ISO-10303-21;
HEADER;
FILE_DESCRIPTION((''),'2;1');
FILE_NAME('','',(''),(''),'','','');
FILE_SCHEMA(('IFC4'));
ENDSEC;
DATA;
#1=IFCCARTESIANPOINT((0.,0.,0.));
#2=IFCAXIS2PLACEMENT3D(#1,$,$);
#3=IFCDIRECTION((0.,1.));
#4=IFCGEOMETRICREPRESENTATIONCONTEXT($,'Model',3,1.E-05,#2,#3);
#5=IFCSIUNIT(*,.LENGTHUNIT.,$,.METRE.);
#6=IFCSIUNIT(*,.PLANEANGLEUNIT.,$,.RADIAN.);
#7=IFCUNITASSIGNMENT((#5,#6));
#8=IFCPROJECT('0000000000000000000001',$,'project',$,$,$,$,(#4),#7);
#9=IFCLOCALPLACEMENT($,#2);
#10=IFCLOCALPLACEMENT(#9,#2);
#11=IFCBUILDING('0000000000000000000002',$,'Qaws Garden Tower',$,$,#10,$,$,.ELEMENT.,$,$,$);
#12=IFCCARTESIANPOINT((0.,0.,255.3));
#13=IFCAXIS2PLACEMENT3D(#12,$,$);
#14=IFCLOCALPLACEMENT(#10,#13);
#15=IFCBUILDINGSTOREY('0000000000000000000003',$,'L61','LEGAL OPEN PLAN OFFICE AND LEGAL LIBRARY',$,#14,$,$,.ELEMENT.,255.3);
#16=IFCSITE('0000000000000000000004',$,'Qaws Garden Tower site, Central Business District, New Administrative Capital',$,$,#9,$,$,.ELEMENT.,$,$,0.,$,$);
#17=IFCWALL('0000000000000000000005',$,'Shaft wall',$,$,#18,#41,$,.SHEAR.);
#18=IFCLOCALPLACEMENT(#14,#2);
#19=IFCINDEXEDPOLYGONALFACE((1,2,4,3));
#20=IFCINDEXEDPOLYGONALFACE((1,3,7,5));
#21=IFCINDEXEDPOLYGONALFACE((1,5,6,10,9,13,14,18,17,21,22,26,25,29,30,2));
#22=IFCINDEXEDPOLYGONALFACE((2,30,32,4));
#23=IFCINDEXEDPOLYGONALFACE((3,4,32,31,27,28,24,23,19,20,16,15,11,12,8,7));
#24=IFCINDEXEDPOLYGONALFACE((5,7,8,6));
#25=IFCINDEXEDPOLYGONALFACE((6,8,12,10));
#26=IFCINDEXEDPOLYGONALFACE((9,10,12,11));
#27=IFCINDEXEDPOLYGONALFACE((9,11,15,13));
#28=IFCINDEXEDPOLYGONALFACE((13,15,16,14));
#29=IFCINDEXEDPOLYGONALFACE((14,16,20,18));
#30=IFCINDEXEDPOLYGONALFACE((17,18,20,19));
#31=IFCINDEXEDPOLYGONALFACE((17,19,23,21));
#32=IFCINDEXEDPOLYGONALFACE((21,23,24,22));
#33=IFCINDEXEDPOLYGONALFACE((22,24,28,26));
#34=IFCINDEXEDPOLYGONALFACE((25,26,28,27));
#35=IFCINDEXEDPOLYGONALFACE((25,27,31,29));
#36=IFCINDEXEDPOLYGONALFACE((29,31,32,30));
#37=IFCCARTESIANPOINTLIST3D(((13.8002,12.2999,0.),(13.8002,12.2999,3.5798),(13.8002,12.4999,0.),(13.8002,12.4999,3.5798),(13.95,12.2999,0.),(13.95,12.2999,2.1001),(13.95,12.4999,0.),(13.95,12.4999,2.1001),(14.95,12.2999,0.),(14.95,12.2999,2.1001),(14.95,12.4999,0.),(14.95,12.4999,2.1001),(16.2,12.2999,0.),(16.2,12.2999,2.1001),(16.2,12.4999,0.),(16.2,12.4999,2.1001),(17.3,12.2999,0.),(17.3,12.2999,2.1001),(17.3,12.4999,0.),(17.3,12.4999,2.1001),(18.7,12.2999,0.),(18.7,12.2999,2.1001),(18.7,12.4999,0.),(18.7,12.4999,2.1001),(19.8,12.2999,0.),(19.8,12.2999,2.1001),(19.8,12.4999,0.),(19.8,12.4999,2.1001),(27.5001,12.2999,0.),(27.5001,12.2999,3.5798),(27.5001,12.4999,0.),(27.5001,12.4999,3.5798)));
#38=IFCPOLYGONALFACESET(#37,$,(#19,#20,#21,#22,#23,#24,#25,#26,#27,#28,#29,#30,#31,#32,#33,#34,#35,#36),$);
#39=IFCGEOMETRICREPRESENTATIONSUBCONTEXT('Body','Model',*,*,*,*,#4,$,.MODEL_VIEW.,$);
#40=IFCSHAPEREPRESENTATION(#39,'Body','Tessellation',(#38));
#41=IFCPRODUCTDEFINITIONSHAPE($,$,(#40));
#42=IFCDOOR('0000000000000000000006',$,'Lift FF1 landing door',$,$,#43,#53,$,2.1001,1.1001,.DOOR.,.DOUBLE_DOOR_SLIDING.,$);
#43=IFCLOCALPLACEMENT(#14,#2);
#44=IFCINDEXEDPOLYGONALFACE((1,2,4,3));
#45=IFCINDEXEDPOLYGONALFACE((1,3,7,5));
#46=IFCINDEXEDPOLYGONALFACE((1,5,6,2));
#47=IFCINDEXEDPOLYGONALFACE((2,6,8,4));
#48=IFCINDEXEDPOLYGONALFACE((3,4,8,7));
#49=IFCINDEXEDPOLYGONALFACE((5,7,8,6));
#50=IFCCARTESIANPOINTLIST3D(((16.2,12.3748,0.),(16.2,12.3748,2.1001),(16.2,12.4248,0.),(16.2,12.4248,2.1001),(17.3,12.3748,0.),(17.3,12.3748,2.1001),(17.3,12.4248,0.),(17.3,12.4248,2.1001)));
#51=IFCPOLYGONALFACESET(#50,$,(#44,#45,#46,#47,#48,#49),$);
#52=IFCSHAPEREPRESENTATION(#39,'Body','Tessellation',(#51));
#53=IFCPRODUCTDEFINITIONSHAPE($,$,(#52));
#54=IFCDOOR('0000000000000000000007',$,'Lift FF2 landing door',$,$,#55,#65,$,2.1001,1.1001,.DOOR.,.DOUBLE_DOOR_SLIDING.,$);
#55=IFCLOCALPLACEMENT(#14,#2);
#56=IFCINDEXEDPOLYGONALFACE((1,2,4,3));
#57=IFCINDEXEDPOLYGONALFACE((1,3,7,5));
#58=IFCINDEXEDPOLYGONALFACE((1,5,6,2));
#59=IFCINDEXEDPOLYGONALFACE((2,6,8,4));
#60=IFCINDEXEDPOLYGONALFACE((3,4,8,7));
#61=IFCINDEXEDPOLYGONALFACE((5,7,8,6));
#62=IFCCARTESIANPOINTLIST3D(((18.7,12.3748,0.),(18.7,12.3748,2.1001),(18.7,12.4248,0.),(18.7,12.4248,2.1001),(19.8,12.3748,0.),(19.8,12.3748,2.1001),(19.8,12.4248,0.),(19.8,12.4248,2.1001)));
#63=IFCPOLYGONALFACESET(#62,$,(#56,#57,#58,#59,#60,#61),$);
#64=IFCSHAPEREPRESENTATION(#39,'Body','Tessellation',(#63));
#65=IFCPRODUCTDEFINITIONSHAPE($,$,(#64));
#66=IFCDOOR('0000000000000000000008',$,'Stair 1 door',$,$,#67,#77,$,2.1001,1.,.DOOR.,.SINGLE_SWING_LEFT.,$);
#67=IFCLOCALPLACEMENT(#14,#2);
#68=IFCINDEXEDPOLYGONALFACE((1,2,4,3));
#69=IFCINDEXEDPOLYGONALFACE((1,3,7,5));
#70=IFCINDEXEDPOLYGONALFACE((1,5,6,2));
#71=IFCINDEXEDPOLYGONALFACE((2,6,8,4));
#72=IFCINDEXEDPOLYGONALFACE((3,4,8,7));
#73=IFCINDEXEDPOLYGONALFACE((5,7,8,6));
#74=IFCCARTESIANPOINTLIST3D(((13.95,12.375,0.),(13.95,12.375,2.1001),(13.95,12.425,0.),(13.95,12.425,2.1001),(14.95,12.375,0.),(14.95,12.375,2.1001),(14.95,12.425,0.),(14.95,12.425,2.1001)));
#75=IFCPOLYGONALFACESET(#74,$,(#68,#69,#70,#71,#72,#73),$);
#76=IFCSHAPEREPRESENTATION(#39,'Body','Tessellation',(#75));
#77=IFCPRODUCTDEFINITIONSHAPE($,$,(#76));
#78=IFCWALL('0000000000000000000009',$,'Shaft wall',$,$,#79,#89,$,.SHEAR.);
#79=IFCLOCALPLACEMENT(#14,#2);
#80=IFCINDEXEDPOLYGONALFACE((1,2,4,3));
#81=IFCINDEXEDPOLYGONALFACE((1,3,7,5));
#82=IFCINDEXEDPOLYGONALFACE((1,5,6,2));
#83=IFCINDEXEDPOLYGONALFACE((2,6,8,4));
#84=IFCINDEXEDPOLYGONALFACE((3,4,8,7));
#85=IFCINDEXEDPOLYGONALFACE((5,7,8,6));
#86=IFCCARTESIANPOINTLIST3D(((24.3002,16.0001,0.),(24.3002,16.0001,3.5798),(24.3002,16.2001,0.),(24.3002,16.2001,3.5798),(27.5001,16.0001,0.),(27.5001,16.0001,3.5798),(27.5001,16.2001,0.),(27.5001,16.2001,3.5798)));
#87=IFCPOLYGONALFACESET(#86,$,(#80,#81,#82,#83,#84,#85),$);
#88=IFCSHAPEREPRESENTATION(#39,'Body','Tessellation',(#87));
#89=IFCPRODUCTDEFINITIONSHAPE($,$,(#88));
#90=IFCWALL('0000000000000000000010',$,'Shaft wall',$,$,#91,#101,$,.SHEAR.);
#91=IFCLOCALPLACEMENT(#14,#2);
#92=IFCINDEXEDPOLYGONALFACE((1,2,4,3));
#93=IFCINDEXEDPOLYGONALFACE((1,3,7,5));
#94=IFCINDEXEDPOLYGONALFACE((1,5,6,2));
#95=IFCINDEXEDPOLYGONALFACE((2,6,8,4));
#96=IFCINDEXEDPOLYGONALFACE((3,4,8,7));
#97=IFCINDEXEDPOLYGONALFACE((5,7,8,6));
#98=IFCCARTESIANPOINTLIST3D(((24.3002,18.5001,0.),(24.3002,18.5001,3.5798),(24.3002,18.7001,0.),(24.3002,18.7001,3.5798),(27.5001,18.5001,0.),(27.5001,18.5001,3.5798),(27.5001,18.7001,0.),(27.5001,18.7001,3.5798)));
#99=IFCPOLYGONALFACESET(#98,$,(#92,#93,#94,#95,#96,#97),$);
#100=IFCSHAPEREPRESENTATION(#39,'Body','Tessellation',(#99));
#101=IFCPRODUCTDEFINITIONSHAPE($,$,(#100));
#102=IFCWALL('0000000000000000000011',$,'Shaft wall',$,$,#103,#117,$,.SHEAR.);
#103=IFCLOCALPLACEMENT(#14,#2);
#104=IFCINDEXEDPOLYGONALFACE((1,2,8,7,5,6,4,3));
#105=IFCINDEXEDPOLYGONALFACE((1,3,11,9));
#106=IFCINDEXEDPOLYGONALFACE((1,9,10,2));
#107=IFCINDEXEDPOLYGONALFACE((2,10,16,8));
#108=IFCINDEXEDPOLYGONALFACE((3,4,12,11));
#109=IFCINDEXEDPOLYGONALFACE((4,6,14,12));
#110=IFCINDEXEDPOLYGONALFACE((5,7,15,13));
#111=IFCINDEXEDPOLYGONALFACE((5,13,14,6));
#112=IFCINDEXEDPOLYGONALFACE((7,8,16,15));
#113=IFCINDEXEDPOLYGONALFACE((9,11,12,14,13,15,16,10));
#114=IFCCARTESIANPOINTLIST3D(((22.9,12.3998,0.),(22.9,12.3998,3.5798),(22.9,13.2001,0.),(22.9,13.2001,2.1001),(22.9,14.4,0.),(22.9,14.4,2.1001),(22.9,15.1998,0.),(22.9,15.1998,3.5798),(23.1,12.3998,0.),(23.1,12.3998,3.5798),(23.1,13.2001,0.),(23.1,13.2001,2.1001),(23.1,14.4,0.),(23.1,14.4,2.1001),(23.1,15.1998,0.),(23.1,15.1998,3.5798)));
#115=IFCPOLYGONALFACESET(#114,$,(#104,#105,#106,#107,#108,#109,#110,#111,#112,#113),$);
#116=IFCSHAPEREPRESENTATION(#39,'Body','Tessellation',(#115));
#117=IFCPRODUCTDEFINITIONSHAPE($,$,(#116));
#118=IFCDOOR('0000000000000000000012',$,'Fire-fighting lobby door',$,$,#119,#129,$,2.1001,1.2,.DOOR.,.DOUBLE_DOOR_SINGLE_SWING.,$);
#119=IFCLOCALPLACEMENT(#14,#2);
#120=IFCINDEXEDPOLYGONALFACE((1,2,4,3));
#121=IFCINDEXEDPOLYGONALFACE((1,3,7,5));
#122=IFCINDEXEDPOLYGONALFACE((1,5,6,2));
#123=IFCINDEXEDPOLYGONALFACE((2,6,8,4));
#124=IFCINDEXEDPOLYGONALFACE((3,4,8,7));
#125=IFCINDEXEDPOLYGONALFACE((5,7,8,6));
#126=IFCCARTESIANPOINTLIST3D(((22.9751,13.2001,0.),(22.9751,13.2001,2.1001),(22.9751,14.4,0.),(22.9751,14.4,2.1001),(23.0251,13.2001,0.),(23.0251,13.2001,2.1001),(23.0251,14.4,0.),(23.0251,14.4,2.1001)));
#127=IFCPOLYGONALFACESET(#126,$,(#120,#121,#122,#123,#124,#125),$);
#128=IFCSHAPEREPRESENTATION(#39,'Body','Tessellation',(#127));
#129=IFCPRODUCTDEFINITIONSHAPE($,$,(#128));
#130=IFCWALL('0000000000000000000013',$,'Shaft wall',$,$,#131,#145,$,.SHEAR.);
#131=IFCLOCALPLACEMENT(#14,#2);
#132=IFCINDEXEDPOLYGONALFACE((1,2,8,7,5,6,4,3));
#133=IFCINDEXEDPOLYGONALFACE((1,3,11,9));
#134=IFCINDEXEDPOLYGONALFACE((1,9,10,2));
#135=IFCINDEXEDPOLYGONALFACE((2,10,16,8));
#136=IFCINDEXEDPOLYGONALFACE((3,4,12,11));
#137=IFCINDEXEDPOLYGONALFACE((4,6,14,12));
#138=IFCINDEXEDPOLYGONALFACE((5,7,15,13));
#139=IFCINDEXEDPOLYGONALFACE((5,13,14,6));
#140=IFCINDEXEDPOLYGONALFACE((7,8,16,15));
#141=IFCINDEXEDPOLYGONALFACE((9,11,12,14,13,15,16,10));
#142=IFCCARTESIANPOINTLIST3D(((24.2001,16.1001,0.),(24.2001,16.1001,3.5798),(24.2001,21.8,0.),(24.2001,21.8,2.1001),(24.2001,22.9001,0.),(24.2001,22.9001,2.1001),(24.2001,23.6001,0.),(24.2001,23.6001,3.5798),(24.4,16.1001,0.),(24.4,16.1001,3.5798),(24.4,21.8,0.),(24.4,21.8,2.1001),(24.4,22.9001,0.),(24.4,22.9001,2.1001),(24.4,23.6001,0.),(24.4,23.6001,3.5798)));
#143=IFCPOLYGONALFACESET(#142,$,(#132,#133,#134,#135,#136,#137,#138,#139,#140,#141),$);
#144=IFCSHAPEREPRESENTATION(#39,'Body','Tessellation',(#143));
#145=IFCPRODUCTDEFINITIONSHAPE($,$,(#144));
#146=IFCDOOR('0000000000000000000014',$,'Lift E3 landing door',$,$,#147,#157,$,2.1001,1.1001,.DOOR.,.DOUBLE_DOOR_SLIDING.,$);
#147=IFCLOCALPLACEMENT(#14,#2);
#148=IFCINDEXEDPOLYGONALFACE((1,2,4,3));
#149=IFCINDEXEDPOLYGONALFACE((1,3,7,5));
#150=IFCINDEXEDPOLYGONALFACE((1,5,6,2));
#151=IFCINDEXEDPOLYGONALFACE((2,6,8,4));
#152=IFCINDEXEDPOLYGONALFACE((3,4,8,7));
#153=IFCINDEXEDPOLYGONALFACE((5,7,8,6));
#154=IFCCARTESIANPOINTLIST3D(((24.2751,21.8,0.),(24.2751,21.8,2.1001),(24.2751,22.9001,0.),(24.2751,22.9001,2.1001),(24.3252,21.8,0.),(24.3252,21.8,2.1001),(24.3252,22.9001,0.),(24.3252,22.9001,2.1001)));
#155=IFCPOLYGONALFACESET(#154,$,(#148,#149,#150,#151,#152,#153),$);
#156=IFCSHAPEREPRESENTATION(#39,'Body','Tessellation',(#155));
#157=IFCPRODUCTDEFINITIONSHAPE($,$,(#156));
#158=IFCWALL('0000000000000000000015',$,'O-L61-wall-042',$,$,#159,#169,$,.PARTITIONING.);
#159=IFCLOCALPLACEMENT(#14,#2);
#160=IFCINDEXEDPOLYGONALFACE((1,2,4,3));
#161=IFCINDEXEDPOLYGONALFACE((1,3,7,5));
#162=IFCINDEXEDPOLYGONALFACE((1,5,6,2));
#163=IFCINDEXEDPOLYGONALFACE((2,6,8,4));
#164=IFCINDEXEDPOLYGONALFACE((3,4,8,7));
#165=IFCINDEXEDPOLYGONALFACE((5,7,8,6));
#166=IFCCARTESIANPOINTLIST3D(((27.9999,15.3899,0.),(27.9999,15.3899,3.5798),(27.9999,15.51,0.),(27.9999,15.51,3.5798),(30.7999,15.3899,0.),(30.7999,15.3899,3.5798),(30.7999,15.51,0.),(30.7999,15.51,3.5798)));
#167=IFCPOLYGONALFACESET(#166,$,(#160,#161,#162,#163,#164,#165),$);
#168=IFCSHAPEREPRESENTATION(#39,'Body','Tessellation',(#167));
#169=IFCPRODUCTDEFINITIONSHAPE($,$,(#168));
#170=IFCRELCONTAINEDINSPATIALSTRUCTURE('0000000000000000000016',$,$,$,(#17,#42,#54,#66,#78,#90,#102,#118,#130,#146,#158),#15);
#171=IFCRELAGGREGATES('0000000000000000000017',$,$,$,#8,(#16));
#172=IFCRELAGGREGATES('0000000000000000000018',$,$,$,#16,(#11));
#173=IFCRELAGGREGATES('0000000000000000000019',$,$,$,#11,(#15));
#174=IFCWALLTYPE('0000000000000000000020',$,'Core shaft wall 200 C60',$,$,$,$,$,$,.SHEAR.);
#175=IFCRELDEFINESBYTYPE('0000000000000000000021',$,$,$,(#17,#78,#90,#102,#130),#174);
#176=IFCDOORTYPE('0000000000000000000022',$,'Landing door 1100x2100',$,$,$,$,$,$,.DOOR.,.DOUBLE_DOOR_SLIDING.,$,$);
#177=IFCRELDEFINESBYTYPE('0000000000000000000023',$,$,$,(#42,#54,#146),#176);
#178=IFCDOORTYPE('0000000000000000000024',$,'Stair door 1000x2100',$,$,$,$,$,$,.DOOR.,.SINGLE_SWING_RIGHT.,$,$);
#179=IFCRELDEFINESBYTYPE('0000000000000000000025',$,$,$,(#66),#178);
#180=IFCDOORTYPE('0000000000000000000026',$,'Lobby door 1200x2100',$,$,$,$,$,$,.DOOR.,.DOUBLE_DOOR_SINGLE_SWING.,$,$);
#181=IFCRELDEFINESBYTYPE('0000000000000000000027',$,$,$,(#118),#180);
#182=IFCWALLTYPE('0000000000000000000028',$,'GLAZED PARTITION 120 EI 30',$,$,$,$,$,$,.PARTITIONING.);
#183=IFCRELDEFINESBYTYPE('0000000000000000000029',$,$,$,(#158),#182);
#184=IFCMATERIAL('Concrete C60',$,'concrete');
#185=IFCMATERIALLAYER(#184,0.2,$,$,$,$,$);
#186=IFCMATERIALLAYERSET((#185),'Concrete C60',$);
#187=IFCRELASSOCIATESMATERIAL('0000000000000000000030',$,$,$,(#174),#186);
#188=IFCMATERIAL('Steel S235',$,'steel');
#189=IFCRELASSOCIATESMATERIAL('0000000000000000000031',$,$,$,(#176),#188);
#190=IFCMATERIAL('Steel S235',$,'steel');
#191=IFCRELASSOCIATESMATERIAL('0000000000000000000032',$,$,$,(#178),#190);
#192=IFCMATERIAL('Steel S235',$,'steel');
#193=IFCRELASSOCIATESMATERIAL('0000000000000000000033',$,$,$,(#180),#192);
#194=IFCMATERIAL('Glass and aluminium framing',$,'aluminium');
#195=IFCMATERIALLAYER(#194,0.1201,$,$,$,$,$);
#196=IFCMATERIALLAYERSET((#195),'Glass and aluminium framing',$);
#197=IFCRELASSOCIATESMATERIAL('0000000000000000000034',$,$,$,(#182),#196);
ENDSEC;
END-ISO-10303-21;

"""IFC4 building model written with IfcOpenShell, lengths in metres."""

from ifc_helpers import new_model, si_unit, direction, frame, frame_2d, origin, place, context, subcontext, project, spatial, rectangle, extrude, material, layer, layer_set, type_object, element, fill, save


model = new_model("IFC4")

# Units and contexts
model_context = context("Model", 3, precision=1e-05, world=origin(), true_north=direction((0.0, 1.0)))
body_context = subcontext(model_context, "Body", "Model", "MODEL_VIEW")
ifc_project = project(units=[si_unit("LENGTHUNIT", "METRE"), si_unit("PLANEANGLEUNIT", "RADIAN")], contexts=[model_context])

# Site, building, storey
site_placement = place(None, origin())
site = spatial("IfcSite", under=ifc_project, at=site_placement, Name="Qaws Garden Tower site, Central Business District, New Administrative Capital", CompositionType="ELEMENT", RefElevation=0.0)
building_placement = place(site_placement, origin())
building = spatial("IfcBuilding", under=site, at=building_placement, Name="Qaws Garden Tower", CompositionType="ELEMENT")
storey_placement = place(building_placement, frame((0.0, 0.0, 255.3)))
storey = spatial("IfcBuildingStorey", under=building, at=storey_placement, Name="L61", Description="LEGAL OPEN PLAN OFFICE AND LEGAL LIBRARY", CompositionType="ELEMENT", Elevation=255.3)

# Wall, openings, doors
ifc_material_1 = material(Name="Concrete C60", Category="concrete")
ifc_layer_1 = layer(ifc_material_1, 0.2)
ifc_layer_set_1 = layer_set([ifc_layer_1], Name="Concrete C60")
wall_type_1 = type_object("IfcWallType", Name="Core shaft wall 200 C60", PredefinedType="SHEAR", material=ifc_layer_set_1)
wall_1_placement = place(storey_placement, frame((13.8, 12.3999, 0.0), z_axis=(0.0, 0.0, 1.0), x_axis=(1.0, 0.0, 0.0)))
wall_1 = element("IfcWall", 1, at=wall_1_placement, inside=storey, type_object=wall_type_1, Name="Shaft wall", PredefinedType="SHEAR", context=body_context, shape_type="SweptSolid", body=[
    extrude(rectangle(XDim=13.7, YDim=0.2, at=frame_2d((6.8501, 0.0))), origin(), (0.0, 0.0, 1.0), 3.5798),
])
opening_1_placement = place(wall_1_placement, frame((2.3999, 0.0, 0.0)))
opening_1 = element("IfcOpeningElement", 2, at=opening_1_placement, cuts=wall_1, PredefinedType="OPENING", context=body_context, shape_type="SweptSolid", body=[
    extrude(rectangle(XDim=1.1001, YDim=2.1001, at=frame_2d((0.55, 1.05))), frame((0.0, 0.1099, 0.0), z_axis=(0.0, -1.0, 0.0), x_axis=(1.0, 0.0, 0.0)), (0.0, 0.0, 1.0), 0.22),
])
opening_2_placement = place(wall_1_placement, frame((4.8999, 0.0, 0.0)))
opening_2 = element("IfcOpeningElement", 3, at=opening_2_placement, cuts=wall_1, PredefinedType="OPENING", context=body_context, shape_type="SweptSolid", body=[
    extrude(rectangle(XDim=1.1001, YDim=2.1001, at=frame_2d((0.55, 1.05))), frame((0.0, 0.1099, 0.0), z_axis=(0.0, -1.0, 0.0), x_axis=(1.0, 0.0, 0.0)), (0.0, 0.0, 1.0), 0.22),
])
opening_3_placement = place(wall_1_placement, frame((0.1499, 0.0, 0.0)))
opening_3 = element("IfcOpeningElement", 4, at=opening_3_placement, cuts=wall_1, PredefinedType="OPENING", context=body_context, shape_type="SweptSolid", body=[
    extrude(rectangle(XDim=1.0, YDim=2.1001, at=frame_2d((0.5, 1.05))), frame((0.0, 0.1099, 0.0), z_axis=(0.0, -1.0, 0.0), x_axis=(1.0, 0.0, 0.0)), (0.0, 0.0, 1.0), 0.22),
])
ifc_material_2 = material(Name="Steel S235", Category="steel")
door_type_1 = type_object("IfcDoorType", Name="Landing door 1100x2100", OperationType="DOUBLE_DOOR_SLIDING", PredefinedType="DOOR", material=ifc_material_2)
door_1_placement = place(opening_1_placement, origin())
door_1 = element("IfcDoor", 5, at=door_1_placement, inside=storey, type_object=door_type_1, Name="Lift FF1 landing door", OperationType="DOUBLE_DOOR_SLIDING", OverallHeight=2.1001, OverallWidth=1.1001, PredefinedType="DOOR", context=body_context, shape_type="SweptSolid", body=[
    extrude(rectangle(XDim=1.1001, YDim=2.1001, at=frame_2d((0.55, 1.05))), frame((0.0, 0.0249, 0.0), z_axis=(0.0, -1.0, 0.0), x_axis=(1.0, 0.0, 0.0)), (0.0, 0.0, 1.0), 0.05),
])
fill(opening_1, door_1)
door_2_placement = place(opening_2_placement, origin())
door_2 = element("IfcDoor", 6, at=door_2_placement, inside=storey, type_object=door_type_1, Name="Lift FF2 landing door", OperationType="DOUBLE_DOOR_SLIDING", OverallHeight=2.1001, OverallWidth=1.1001, PredefinedType="DOOR", context=body_context, shape_type="SweptSolid", body=[
    extrude(rectangle(XDim=1.1001, YDim=2.1001, at=frame_2d((0.55, 1.05))), frame((0.0, 0.0249, 0.0), z_axis=(0.0, -1.0, 0.0), x_axis=(1.0, 0.0, 0.0)), (0.0, 0.0, 1.0), 0.05),
])
fill(opening_2, door_2)
ifc_material_3 = material(Name="Steel S235", Category="steel")
door_type_2 = type_object("IfcDoorType", Name="Stair door 1000x2100", OperationType="SINGLE_SWING_RIGHT", PredefinedType="DOOR", material=ifc_material_3)
door_3_placement = place(opening_3_placement, frame((1.0, 0.0, 0.0), z_axis=(0.0, 0.0, 1.0), x_axis=(-1.0, 0.0, 0.0)))
door_3 = element("IfcDoor", 7, at=door_3_placement, inside=storey, type_object=door_type_2, Name="Stair 1 door", OperationType="SINGLE_SWING_LEFT", OverallHeight=2.1001, OverallWidth=1.0, PredefinedType="DOOR", context=body_context, shape_type="SweptSolid", body=[
    extrude(rectangle(XDim=1.0, YDim=2.1001, at=frame_2d((0.5, 1.05))), frame((0.0, 0.0249, 0.0), z_axis=(0.0, -1.0, 0.0), x_axis=(1.0, 0.0, 0.0)), (0.0, 0.0, 1.0), 0.05),
])
fill(opening_3, door_3)

# Walls
for number, where, z_axis, x_axis, name in (
    (8, (24.3, 16.1001, 0.0), (0.0, 0.0, 1.0), (1.0, 0.0, 0.0), "Shaft wall"),
    (9, (24.3, 18.6001, 0.0), (0.0, 0.0, 1.0), (1.0, 0.0, 0.0), "Shaft wall"),
):
    element("IfcWall", number, at=place(storey_placement, frame(where, z_axis=z_axis, x_axis=x_axis)), inside=storey, type_object=wall_type_1, Name=name, PredefinedType="SHEAR", context=body_context, shape_type="SweptSolid", body=[
        extrude(rectangle(XDim=3.2, YDim=0.2, at=frame_2d((1.6001, 0.0))), origin(), (0.0, 0.0, 1.0), 3.5798),
    ])

# Walls, openings, doors
wall_2_placement = place(storey_placement, frame((23.0, 12.3999, 0.0), z_axis=(0.0, 0.0, 1.0), x_axis=(0.0, 1.0, 0.0)))
wall_2 = element("IfcWall", 10, at=wall_2_placement, inside=storey, type_object=wall_type_1, Name="Shaft wall", PredefinedType="SHEAR", context=body_context, shape_type="SweptSolid", body=[
    extrude(rectangle(XDim=2.8, YDim=0.2, at=frame_2d((1.3999, 0.0))), origin(), (0.0, 0.0, 1.0), 3.5798),
])
opening_4_placement = place(wall_2_placement, frame((0.8, 0.0, 0.0)))
opening_4 = element("IfcOpeningElement", 11, at=opening_4_placement, cuts=wall_2, PredefinedType="OPENING", context=body_context, shape_type="SweptSolid", body=[
    extrude(rectangle(XDim=1.2, YDim=2.1001, at=frame_2d((0.6001, 1.05))), frame((0.0, 0.1099, 0.0), z_axis=(0.0, -1.0, 0.0), x_axis=(1.0, 0.0, 0.0)), (0.0, 0.0, 1.0), 0.22),
])
ifc_material_4 = material(Name="Steel S235", Category="steel")
door_type_3 = type_object("IfcDoorType", Name="Lobby door 1200x2100", OperationType="DOUBLE_DOOR_SINGLE_SWING", PredefinedType="DOOR", material=ifc_material_4)
door_4_placement = place(opening_4_placement, origin())
door_4 = element("IfcDoor", 12, at=door_4_placement, inside=storey, type_object=door_type_3, Name="Fire-fighting lobby door", OperationType="DOUBLE_DOOR_SINGLE_SWING", OverallHeight=2.1001, OverallWidth=1.2, PredefinedType="DOOR", context=body_context, shape_type="SweptSolid", body=[
    extrude(rectangle(XDim=1.2, YDim=2.1001, at=frame_2d((0.6001, 1.05))), frame((0.0, 0.0249, 0.0), z_axis=(0.0, -1.0, 0.0), x_axis=(1.0, 0.0, 0.0)), (0.0, 0.0, 1.0), 0.05),
])
fill(opening_4, door_4)
wall_3_placement = place(storey_placement, frame((24.3, 16.1001, 0.0), z_axis=(0.0, 0.0, 1.0), x_axis=(0.0, 1.0, 0.0)))
wall_3 = element("IfcWall", 13, at=wall_3_placement, inside=storey, type_object=wall_type_1, Name="Shaft wall", PredefinedType="SHEAR", context=body_context, shape_type="SweptSolid", body=[
    extrude(rectangle(XDim=7.5, YDim=0.2, at=frame_2d((3.75, 0.0))), origin(), (0.0, 0.0, 1.0), 3.5798),
])
opening_5_placement = place(wall_3_placement, frame((5.7, 0.0, 0.0)))
opening_5 = element("IfcOpeningElement", 14, at=opening_5_placement, cuts=wall_3, PredefinedType="OPENING", context=body_context, shape_type="SweptSolid", body=[
    extrude(rectangle(XDim=1.1001, YDim=2.1001, at=frame_2d((0.55, 1.05))), frame((0.0, 0.1099, 0.0), z_axis=(0.0, -1.0, 0.0), x_axis=(1.0, 0.0, 0.0)), (0.0, 0.0, 1.0), 0.22),
])
door_5_placement = place(opening_5_placement, origin())
door_5 = element("IfcDoor", 15, at=door_5_placement, inside=storey, type_object=door_type_1, Name="Lift E3 landing door", OperationType="DOUBLE_DOOR_SLIDING", OverallHeight=2.1001, OverallWidth=1.1001, PredefinedType="DOOR", context=body_context, shape_type="SweptSolid", body=[
    extrude(rectangle(XDim=1.1001, YDim=2.1001, at=frame_2d((0.55, 1.05))), frame((0.0, 0.0249, 0.0), z_axis=(0.0, -1.0, 0.0), x_axis=(1.0, 0.0, 0.0)), (0.0, 0.0, 1.0), 0.05),
])
fill(opening_5, door_5)

# Wall
ifc_material_5 = material(Name="Glass and aluminium framing", Category="aluminium")
ifc_layer_2 = layer(ifc_material_5, 0.1201)
ifc_layer_set_2 = layer_set([ifc_layer_2], Name="Glass and aluminium framing")
wall_type_2 = type_object("IfcWallType", Name="GLAZED PARTITION 120 EI 30", PredefinedType="PARTITIONING", material=ifc_layer_set_2)
wall_4_placement = place(storey_placement, frame((28.0, 15.45, 0.0), z_axis=(0.0, 0.0, 1.0), x_axis=(1.0, 0.0, 0.0)))
element("IfcWall", 16, at=wall_4_placement, inside=storey, type_object=wall_type_2, Name="O-L61-wall-042", PredefinedType="PARTITIONING", context=body_context, shape_type="SweptSolid", body=[
    extrude(rectangle(XDim=2.8, YDim=0.1201, at=frame_2d((1.3999, 0.0))), origin(), (0.0, 0.0, 1.0), 3.5798),
])

save(model, "model.ifc")
